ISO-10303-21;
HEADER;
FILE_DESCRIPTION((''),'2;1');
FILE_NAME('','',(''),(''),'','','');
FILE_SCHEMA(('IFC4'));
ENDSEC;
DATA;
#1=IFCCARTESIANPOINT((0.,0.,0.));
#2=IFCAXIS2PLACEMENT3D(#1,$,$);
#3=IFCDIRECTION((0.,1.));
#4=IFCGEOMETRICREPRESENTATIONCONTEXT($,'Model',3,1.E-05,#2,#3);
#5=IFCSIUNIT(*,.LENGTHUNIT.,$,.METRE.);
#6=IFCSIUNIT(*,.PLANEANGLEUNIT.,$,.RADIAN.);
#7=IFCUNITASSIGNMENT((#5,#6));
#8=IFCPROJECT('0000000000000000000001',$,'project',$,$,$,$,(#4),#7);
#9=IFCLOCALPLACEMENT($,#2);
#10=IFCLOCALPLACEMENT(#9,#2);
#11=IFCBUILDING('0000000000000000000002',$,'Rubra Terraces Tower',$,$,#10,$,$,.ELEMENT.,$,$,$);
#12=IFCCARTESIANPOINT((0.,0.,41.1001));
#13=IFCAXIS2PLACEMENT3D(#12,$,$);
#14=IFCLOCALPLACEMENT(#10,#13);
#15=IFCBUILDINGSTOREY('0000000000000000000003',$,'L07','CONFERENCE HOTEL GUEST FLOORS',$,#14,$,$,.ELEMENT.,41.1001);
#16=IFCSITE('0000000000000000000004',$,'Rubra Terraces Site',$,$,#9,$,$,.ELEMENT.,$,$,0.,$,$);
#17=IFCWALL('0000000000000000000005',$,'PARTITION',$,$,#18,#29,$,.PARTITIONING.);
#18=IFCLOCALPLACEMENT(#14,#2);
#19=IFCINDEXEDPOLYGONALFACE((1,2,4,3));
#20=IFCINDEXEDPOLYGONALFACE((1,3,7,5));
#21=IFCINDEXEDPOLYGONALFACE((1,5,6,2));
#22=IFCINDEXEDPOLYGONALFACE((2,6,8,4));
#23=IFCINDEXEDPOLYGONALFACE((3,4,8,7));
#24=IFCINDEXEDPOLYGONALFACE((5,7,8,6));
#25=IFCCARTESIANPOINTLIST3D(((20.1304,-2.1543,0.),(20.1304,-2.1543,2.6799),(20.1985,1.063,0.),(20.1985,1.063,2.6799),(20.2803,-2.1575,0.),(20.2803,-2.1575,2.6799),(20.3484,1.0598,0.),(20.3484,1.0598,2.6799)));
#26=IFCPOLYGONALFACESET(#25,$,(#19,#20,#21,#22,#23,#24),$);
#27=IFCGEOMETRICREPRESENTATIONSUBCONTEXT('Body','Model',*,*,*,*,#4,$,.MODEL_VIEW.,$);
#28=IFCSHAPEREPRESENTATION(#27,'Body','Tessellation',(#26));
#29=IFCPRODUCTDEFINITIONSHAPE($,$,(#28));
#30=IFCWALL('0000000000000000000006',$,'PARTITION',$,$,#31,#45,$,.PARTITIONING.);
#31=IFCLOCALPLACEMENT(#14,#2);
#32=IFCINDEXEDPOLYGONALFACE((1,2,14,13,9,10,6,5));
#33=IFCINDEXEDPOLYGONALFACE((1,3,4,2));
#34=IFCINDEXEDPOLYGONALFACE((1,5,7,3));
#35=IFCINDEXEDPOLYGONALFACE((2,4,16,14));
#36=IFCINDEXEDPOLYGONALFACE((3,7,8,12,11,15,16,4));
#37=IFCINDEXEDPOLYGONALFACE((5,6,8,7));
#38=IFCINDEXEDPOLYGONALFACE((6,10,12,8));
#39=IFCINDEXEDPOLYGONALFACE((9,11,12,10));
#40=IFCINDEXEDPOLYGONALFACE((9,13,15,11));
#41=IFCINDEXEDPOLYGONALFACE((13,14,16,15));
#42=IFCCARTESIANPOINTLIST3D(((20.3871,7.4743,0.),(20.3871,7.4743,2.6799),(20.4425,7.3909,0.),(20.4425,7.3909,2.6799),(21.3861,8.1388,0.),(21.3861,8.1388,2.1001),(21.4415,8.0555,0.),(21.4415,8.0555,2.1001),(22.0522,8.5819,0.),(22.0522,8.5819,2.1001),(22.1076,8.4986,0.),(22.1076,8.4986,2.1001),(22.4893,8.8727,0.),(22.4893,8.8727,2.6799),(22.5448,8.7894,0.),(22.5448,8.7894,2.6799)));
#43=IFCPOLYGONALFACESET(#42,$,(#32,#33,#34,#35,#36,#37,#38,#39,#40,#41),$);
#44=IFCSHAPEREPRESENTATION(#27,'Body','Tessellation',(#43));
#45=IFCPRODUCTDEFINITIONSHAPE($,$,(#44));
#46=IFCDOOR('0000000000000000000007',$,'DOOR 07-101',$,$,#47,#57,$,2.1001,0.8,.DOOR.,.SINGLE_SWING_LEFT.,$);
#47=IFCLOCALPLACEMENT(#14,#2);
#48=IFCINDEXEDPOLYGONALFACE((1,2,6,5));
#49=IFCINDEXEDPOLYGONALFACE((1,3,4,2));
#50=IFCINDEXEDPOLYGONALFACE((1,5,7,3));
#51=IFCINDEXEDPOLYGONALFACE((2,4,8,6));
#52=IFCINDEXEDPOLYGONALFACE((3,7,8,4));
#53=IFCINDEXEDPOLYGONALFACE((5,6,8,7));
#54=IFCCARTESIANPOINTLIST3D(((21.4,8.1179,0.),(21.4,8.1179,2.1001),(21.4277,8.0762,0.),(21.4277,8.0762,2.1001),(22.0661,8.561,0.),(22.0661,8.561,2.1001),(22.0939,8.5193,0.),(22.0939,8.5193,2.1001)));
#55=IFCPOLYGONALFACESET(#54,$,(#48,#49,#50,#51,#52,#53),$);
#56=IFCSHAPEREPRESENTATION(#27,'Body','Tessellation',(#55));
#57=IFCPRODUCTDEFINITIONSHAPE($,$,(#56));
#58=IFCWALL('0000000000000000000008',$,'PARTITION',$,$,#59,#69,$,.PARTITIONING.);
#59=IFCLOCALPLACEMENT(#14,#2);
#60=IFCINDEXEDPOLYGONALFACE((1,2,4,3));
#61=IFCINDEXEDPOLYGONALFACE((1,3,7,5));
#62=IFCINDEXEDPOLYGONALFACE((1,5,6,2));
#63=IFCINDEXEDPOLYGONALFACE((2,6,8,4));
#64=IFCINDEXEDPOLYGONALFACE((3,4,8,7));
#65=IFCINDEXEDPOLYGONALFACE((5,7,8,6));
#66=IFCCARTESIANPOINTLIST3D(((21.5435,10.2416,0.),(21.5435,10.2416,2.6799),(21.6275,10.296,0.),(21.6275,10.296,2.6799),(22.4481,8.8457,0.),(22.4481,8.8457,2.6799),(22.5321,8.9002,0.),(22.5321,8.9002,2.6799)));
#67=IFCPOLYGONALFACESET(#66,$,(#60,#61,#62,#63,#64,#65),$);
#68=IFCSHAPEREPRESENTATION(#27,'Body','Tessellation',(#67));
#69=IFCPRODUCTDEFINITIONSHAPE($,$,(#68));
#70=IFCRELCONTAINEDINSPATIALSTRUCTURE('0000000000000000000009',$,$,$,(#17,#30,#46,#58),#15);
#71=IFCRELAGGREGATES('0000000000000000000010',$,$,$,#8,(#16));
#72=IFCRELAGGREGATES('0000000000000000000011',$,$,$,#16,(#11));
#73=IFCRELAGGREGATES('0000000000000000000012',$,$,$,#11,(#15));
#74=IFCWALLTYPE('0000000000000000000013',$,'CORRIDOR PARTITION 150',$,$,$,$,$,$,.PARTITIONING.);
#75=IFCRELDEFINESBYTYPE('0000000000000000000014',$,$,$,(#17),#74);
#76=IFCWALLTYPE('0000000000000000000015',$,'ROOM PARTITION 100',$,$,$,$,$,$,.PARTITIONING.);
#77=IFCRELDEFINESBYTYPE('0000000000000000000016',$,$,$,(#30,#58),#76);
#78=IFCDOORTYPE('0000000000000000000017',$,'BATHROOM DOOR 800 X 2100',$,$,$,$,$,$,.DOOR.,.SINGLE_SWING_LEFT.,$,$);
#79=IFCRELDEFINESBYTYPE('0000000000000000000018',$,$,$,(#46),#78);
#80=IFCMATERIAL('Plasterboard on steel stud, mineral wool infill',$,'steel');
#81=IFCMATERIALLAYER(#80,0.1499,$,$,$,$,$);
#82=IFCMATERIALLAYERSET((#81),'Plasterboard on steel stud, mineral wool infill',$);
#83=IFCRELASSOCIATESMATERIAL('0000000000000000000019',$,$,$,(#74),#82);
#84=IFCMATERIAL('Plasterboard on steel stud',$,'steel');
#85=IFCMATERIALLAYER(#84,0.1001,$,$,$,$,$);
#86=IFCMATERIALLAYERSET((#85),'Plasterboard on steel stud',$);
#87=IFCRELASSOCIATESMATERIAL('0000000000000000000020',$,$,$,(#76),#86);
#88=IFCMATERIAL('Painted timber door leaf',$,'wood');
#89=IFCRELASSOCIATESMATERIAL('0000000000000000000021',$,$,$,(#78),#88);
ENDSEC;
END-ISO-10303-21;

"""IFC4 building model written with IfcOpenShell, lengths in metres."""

from ifc_helpers import new_model, si_unit, direction, frame, frame_2d, origin, place, context, subcontext, project, spatial, rectangle, extrude, material, layer, layer_set, type_object, element, fill, save


model = new_model("IFC4")

# Units and contexts
model_context = context("Model", 3, precision=1e-05, world=origin(), true_north=direction((0.0, 1.0)))
body_context = subcontext(model_context, "Body", "Model", "MODEL_VIEW")
ifc_project = project(units=[si_unit("LENGTHUNIT", "METRE"), si_unit("PLANEANGLEUNIT", "RADIAN")], contexts=[model_context])

# Site, building, storey
site_placement = place(None, origin())
site = spatial("IfcSite", under=ifc_project, at=site_placement, Name="Rubra Terraces Site", CompositionType="ELEMENT", RefElevation=0.0)
building_placement = place(site_placement, origin())
building = spatial("IfcBuilding", under=site, at=building_placement, Name="Rubra Terraces Tower", CompositionType="ELEMENT")
storey_placement = place(building_placement, frame((0.0, 0.0, 41.1001)))
storey = spatial("IfcBuildingStorey", under=building, at=storey_placement, Name="L07", Description="CONFERENCE HOTEL GUEST FLOORS", CompositionType="ELEMENT", Elevation=41.1001)

# Shared definitions
ifc_material_1 = material(Name="Plasterboard on steel stud, mineral wool infill", Category="steel")
ifc_layer_1 = layer(ifc_material_1, 0.1499)
ifc_layer_set_1 = layer_set([ifc_layer_1], Name="Plasterboard on steel stud, mineral wool infill")
wall_type_1 = type_object("IfcWallType", Name="CORRIDOR PARTITION 150", PredefinedType="PARTITIONING", material=ifc_layer_set_1)

# Shared definitions
ifc_material_2 = material(Name="Painted timber door leaf", Category="wood")

# Wall
wall_1_placement = place(storey_placement, frame((20.2734, 1.0613, 0.0), z_axis=(0.0, 0.0, 1.0), x_axis=(-0.021167, -0.999776, 0.0)))
element("IfcWall", 1, at=wall_1_placement, inside=storey, type_object=wall_type_1, Name="PARTITION", PredefinedType="PARTITIONING", context=body_context, shape_type="SweptSolid", body=[
    extrude(rectangle(XDim=3.218, YDim=0.1499, at=frame_2d((1.6089, 0.0))), origin(), (0.0, 0.0, 1.0), 2.6799),
])

# Wall, opening, door
ifc_material_3 = material(Name="Plasterboard on steel stud", Category="steel")
ifc_layer_2 = layer(ifc_material_3, 0.1001)
ifc_layer_set_2 = layer_set([ifc_layer_2], Name="Plasterboard on steel stud")
wall_type_2 = type_object("IfcWallType", Name="ROOM PARTITION 100", PredefinedType="PARTITIONING", material=ifc_layer_set_2)
wall_2_placement = place(storey_placement, frame((20.4148, 7.4326, 0.0), z_axis=(0.0, 0.0, 1.0), x_axis=(0.832615, 0.553852, 0.0)))
wall_2 = element("IfcWall", 2, at=wall_2_placement, inside=storey, type_object=wall_type_2, Name="PARTITION", PredefinedType="PARTITIONING", context=body_context, shape_type="SweptSolid", body=[
    extrude(rectangle(XDim=2.5249, YDim=0.1001, at=frame_2d((1.2625, 0.0))), origin(), (0.0, 0.0, 1.0), 2.6799),
])
opening_1_placement = place(wall_2_placement, frame((1.2, 0.0, 0.0)))
opening_1 = element("IfcOpeningElement", 3, at=opening_1_placement, cuts=wall_2, PredefinedType="OPENING", context=body_context, shape_type="SweptSolid", body=[
    extrude(rectangle(XDim=0.8, YDim=2.1001, at=frame_2d((0.3999, 1.05))), frame((0.0, 0.0601, 0.0), z_axis=(0.0, -1.0, 0.0), x_axis=(1.0, 0.0, 0.0)), (0.0, 0.0, 1.0), 0.1201),
])
door_type_1 = type_object("IfcDoorType", Name="BATHROOM DOOR 800 X 2100", OperationType="SINGLE_SWING_LEFT", PredefinedType="DOOR", material=ifc_material_2)
door_1_placement = place(opening_1_placement, origin())
door_1 = element("IfcDoor", 4, at=door_1_placement, inside=storey, type_object=door_type_1, Name="DOOR 07-101", OperationType="SINGLE_SWING_LEFT", OverallHeight=2.1001, OverallWidth=0.8, PredefinedType="DOOR", context=body_context, shape_type="SweptSolid", body=[
    extrude(rectangle(XDim=0.8, YDim=2.1001, at=frame_2d((0.3999, 1.05))), frame((0.0, 0.0249, 0.0), z_axis=(0.0, -1.0, 0.0), x_axis=(1.0, 0.0, 0.0)), (0.0, 0.0, 1.0), 0.05),
])
fill(opening_1, door_1)

# Wall
wall_3_placement = place(storey_placement, frame((22.49, 8.873, 0.0), z_axis=(0.0, 0.0, 1.0), x_axis=(-0.543848, 0.839184, 0.0)))
element("IfcWall", 5, at=wall_3_placement, inside=storey, type_object=wall_type_2, Name="PARTITION", PredefinedType="PARTITIONING", context=body_context, shape_type="SweptSolid", body=[
    extrude(rectangle(XDim=1.6633, YDim=0.1001, at=frame_2d((0.8315, 0.0))), origin(), (0.0, 0.0, 1.0), 2.6799),
])

save(model, "model.ifc")
